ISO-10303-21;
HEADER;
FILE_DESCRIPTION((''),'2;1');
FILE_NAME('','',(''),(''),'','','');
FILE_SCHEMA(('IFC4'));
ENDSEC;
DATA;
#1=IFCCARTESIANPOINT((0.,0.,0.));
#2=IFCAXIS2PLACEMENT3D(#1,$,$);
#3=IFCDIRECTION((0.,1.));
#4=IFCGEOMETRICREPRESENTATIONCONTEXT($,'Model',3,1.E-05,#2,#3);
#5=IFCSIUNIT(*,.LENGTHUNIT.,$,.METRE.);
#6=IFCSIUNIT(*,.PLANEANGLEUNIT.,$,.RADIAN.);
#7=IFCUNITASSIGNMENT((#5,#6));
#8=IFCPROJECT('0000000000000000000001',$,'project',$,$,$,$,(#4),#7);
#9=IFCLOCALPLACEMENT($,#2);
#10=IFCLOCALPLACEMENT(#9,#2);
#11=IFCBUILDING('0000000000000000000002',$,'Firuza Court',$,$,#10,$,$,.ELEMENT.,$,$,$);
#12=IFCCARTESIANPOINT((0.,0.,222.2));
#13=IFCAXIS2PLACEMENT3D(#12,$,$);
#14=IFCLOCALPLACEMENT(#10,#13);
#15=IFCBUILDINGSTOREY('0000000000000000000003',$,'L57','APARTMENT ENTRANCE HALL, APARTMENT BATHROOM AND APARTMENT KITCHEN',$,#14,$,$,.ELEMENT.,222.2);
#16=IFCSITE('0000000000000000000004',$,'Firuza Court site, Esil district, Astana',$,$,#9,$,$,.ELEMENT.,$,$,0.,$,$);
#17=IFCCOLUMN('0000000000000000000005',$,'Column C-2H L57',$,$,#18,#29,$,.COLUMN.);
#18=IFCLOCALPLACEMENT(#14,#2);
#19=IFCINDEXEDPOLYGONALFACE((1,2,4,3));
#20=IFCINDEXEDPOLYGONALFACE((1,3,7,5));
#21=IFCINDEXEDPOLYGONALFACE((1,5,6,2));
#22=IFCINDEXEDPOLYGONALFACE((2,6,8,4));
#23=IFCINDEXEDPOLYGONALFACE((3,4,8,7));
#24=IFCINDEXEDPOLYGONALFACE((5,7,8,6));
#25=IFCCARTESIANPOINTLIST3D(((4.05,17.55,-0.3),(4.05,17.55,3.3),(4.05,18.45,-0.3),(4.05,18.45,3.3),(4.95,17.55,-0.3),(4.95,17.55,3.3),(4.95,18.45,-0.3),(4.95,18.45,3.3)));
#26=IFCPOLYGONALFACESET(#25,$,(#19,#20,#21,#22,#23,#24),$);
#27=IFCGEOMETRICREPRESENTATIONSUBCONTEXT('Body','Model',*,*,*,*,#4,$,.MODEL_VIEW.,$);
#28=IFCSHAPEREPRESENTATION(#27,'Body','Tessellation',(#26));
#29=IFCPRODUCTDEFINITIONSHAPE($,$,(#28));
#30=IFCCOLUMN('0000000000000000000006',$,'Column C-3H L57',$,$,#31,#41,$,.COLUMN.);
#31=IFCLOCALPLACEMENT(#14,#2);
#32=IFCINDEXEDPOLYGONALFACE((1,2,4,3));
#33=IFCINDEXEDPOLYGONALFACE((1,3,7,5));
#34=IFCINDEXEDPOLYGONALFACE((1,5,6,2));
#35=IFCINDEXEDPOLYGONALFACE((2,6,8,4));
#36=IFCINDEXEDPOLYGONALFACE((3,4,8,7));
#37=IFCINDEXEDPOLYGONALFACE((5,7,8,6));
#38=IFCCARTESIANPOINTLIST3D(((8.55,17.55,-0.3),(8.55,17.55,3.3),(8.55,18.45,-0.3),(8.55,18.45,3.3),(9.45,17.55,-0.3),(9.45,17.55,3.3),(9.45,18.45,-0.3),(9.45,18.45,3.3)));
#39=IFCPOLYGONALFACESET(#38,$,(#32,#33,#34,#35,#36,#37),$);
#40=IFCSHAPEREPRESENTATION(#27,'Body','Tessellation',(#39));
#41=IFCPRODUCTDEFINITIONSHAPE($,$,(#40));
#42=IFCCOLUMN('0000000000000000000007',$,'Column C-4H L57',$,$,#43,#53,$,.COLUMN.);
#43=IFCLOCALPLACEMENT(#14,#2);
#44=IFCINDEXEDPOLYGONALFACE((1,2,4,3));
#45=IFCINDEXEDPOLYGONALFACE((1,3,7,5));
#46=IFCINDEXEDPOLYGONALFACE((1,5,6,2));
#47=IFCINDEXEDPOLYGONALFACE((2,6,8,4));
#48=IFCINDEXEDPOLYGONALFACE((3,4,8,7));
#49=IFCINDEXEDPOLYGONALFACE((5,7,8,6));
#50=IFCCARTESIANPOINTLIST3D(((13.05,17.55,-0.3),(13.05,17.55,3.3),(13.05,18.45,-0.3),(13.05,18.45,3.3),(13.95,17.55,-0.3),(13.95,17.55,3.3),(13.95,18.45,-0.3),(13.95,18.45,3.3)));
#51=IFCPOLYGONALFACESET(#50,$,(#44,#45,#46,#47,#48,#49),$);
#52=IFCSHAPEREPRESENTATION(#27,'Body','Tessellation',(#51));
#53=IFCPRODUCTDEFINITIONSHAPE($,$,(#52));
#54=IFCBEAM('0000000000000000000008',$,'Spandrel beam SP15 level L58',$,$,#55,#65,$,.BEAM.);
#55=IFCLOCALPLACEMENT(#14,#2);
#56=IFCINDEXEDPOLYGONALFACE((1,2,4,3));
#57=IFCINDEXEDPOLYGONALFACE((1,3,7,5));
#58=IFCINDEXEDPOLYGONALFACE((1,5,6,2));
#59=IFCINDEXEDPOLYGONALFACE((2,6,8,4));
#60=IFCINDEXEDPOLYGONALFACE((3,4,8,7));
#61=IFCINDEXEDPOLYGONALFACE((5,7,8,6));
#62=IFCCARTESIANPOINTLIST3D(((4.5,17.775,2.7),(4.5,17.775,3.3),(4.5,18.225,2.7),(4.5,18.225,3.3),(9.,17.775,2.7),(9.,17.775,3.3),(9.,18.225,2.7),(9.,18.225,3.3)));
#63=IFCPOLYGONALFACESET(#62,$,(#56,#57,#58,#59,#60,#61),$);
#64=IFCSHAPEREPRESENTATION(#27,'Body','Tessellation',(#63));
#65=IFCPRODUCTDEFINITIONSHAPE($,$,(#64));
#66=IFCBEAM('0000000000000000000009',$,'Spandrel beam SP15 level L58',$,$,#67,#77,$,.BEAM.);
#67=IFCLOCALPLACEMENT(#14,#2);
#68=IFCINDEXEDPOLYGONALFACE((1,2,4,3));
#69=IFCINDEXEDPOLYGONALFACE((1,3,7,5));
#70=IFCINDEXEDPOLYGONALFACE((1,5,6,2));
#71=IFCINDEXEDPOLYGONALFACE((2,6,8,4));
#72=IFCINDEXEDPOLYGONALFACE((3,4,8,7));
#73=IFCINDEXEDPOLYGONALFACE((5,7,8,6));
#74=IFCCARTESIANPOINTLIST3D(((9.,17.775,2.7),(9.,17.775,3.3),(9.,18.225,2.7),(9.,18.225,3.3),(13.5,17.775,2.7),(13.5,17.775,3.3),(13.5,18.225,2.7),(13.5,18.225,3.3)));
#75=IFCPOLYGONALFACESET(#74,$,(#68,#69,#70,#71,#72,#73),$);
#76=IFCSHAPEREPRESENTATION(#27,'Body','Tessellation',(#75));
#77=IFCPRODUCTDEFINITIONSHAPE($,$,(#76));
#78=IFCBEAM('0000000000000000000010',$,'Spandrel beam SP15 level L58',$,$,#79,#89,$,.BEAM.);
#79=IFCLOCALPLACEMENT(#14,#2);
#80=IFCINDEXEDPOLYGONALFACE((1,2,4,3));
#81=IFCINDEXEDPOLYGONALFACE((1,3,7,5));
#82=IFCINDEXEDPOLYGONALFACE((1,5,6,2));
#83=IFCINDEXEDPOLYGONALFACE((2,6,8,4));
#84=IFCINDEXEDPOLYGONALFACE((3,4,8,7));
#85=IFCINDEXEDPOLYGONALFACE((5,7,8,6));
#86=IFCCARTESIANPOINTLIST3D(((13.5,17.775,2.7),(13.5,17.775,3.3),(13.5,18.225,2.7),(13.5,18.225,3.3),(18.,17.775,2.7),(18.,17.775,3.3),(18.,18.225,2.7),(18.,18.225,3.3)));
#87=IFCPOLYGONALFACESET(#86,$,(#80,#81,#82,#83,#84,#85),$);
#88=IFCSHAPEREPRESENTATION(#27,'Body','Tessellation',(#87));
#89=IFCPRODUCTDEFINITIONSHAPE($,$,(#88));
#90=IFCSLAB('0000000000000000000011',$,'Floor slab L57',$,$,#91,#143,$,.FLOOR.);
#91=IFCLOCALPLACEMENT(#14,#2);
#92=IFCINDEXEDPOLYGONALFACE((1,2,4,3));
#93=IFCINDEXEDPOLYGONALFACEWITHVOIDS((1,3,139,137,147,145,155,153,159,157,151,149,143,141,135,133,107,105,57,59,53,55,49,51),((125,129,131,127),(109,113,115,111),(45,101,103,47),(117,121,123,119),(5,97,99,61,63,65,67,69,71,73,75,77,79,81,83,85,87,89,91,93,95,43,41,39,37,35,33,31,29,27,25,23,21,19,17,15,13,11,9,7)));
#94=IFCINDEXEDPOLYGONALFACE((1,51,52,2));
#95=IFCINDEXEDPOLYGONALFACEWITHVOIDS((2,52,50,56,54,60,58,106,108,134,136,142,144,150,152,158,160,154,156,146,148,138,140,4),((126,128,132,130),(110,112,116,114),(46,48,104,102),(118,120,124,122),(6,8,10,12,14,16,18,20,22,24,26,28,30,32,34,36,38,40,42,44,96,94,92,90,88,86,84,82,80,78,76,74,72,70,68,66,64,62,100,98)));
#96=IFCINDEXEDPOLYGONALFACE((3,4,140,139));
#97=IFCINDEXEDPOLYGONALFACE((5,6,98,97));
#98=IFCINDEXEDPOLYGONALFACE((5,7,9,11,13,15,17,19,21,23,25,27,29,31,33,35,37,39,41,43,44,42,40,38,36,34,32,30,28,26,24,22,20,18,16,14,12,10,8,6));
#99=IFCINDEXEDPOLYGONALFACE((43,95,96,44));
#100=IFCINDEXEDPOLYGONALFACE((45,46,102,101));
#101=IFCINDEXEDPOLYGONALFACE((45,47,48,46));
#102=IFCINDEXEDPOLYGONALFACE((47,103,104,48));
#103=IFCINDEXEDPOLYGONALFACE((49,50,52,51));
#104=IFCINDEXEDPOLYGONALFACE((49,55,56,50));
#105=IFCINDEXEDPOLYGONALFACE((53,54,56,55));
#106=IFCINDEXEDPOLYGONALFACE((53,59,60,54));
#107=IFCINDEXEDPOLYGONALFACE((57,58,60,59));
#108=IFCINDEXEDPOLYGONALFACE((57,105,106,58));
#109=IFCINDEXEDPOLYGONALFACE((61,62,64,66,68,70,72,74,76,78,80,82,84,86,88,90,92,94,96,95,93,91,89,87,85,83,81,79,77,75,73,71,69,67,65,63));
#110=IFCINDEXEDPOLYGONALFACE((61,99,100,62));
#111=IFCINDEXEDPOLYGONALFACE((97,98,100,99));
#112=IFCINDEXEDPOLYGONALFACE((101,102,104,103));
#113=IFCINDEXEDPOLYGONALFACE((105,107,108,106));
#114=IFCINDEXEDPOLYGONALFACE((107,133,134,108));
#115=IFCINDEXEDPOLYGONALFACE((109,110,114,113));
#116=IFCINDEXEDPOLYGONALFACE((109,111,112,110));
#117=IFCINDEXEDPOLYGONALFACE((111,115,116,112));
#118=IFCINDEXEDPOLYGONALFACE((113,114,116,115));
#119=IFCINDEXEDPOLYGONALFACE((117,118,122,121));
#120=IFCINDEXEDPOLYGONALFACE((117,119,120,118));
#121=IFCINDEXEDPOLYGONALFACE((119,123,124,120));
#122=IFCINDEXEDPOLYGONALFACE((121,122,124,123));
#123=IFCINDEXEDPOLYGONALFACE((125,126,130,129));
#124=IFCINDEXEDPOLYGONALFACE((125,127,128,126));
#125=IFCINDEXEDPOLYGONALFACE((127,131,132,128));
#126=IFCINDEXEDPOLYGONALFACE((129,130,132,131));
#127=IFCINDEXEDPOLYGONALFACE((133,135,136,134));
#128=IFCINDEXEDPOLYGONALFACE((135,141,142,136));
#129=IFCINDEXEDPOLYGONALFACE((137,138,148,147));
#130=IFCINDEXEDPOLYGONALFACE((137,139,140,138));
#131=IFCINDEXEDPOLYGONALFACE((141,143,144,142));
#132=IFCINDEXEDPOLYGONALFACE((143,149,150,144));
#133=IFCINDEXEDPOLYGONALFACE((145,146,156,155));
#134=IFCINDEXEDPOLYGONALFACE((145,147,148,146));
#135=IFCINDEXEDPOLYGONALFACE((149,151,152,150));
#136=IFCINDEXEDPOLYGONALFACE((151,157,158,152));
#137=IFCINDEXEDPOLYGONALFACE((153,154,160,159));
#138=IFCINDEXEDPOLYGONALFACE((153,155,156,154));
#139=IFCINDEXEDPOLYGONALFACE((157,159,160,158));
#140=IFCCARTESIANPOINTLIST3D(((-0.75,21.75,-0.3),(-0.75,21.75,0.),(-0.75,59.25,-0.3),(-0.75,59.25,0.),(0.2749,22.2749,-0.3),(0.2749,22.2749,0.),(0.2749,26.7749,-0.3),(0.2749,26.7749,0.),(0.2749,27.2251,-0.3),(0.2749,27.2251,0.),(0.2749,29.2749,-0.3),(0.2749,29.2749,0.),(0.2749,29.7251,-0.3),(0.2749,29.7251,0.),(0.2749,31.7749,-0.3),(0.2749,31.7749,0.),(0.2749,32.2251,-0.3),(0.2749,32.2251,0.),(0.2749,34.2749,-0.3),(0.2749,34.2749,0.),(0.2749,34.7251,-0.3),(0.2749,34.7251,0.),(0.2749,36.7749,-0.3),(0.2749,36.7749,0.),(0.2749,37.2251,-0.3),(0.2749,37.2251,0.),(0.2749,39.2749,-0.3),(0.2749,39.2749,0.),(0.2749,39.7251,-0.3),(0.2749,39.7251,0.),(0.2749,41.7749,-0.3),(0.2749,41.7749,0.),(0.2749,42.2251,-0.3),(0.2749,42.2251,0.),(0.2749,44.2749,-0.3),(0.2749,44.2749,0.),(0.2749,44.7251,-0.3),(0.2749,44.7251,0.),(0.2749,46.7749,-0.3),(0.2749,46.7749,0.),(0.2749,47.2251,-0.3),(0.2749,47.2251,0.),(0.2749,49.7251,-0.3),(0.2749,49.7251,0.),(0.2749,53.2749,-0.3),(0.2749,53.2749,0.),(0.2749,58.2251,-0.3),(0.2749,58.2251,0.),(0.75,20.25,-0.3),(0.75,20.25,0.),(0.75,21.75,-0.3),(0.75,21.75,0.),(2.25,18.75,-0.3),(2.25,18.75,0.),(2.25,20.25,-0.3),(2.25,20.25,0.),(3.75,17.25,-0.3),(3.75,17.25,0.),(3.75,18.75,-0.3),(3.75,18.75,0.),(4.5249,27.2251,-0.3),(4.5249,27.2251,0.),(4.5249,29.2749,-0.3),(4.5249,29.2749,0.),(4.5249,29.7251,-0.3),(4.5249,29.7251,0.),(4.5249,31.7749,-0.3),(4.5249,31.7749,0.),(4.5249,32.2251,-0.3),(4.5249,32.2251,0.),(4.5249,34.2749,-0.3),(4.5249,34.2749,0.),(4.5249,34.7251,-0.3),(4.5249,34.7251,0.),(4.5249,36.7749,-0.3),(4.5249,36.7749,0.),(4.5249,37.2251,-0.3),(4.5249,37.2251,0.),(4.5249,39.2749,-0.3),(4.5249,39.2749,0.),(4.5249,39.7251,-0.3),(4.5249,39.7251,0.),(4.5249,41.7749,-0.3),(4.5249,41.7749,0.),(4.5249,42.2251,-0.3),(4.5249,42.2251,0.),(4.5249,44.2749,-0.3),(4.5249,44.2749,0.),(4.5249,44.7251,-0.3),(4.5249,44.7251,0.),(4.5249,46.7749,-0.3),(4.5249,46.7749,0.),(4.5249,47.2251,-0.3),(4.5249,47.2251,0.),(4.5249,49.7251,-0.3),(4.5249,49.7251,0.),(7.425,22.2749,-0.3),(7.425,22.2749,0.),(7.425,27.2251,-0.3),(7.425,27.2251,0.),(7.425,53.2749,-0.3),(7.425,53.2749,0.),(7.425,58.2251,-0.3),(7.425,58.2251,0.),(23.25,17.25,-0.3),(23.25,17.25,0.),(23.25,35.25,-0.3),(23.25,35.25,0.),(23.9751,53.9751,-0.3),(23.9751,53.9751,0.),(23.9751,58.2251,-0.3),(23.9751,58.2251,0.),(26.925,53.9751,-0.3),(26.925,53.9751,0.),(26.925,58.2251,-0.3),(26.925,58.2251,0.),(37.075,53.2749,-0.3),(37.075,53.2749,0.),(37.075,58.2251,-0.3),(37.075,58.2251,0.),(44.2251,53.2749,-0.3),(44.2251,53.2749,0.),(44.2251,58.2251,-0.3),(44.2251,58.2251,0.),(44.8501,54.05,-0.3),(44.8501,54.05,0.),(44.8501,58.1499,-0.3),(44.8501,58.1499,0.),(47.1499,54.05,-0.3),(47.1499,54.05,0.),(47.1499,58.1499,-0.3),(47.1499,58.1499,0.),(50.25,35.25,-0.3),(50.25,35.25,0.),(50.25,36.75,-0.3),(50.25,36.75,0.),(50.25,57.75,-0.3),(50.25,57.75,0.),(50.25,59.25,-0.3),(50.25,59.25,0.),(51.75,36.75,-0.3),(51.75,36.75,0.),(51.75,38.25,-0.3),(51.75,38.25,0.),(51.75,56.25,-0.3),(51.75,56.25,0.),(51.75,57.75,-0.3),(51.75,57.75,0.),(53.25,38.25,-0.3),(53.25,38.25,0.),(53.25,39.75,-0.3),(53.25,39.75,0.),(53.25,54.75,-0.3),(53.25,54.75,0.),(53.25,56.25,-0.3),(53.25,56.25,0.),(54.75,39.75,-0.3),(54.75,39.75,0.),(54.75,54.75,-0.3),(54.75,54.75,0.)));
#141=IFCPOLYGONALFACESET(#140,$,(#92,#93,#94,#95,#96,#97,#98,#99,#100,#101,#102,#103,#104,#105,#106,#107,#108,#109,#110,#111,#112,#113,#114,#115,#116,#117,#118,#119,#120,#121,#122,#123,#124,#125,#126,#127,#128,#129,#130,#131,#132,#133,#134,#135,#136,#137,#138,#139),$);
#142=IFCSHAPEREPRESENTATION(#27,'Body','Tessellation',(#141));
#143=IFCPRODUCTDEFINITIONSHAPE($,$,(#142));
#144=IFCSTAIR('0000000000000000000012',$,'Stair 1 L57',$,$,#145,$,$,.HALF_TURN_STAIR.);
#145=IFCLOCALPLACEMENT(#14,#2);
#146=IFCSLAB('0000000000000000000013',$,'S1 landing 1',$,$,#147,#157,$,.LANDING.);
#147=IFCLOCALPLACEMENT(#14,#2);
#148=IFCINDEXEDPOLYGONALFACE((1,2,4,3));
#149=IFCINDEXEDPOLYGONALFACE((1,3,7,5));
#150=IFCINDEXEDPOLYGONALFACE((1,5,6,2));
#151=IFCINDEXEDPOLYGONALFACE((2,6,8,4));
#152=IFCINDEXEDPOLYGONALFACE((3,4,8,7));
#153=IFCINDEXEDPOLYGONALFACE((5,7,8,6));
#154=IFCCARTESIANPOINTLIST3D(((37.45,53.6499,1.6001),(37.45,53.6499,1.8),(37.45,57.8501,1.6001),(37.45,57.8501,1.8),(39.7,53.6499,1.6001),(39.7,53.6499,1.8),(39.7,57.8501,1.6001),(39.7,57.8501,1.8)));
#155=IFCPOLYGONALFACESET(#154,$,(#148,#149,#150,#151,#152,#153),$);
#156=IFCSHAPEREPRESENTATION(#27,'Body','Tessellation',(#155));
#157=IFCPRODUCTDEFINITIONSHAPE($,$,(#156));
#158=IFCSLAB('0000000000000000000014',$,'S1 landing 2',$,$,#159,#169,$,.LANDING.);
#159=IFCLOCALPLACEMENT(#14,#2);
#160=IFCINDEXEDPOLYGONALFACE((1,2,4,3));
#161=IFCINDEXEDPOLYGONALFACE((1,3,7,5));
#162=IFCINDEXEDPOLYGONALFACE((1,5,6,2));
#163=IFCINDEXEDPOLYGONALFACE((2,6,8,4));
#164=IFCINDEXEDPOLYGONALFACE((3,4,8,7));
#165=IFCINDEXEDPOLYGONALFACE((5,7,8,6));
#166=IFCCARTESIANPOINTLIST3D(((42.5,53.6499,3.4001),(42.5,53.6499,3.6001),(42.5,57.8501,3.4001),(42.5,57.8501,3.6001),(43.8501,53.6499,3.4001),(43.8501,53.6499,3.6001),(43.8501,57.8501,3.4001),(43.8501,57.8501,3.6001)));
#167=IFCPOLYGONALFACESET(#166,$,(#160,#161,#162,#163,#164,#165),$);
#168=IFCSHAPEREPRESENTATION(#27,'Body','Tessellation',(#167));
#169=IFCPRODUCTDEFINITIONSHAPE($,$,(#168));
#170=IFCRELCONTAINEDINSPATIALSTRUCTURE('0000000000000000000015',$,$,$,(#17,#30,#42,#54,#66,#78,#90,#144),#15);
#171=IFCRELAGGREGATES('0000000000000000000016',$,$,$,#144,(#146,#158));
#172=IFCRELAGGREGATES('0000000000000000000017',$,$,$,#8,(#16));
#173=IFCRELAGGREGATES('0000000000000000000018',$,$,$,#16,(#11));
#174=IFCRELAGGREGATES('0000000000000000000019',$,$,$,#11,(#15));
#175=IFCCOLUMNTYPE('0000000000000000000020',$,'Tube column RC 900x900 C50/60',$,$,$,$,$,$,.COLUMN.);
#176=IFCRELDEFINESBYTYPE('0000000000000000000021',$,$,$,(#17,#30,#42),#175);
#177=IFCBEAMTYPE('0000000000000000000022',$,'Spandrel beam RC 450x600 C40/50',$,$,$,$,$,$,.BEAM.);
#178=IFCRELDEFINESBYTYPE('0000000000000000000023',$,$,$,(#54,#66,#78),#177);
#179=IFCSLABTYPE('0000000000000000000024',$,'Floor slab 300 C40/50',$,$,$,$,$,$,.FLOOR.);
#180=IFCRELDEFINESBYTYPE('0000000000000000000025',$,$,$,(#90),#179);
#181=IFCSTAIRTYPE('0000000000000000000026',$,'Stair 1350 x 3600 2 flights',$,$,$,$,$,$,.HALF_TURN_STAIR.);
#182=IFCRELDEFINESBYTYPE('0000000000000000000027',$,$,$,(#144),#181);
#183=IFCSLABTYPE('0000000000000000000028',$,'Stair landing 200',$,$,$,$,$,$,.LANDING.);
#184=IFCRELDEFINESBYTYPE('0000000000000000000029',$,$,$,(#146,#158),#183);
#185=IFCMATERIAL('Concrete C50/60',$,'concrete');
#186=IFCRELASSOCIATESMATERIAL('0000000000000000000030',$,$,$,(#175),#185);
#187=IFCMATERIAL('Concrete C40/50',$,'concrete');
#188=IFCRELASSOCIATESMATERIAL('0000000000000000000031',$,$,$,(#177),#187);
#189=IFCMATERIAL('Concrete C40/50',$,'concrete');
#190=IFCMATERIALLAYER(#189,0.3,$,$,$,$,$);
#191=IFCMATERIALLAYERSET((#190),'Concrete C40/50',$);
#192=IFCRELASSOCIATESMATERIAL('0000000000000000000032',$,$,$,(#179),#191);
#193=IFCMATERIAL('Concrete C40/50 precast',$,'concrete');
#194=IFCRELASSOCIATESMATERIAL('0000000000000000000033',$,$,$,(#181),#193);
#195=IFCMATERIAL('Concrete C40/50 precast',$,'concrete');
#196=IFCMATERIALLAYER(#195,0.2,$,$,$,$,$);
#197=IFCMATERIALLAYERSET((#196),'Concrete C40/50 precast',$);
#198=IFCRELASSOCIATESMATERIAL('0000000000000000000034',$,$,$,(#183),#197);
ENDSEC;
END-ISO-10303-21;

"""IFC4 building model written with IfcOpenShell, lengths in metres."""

from ifc_helpers import new_model, si_unit, direction, frame, origin, origin_2d, place, context, subcontext, project, spatial, polyline, rectangle, outline, extrude, material, layer, layer_set, material_profile, profile_set, type_object, element, aggregate, save


model = new_model("IFC4")

# Units and contexts
model_context = context("Model", 3, precision=1e-05, world=origin(), true_north=direction((0.0, 1.0)))
body_context = subcontext(model_context, "Body", "Model", "MODEL_VIEW")
ifc_project = project(units=[si_unit("LENGTHUNIT", "METRE"), si_unit("PLANEANGLEUNIT", "RADIAN")], contexts=[model_context])

# Site, building, storey
site_placement = place(None, origin())
site = spatial("IfcSite", under=ifc_project, at=site_placement, Name="Firuza Court site, Esil district, Astana", CompositionType="ELEMENT", RefElevation=0.0)
building_placement = place(site_placement, origin())
building = spatial("IfcBuilding", under=site, at=building_placement, Name="Firuza Court", CompositionType="ELEMENT")
storey_placement = place(building_placement, frame((0.0, 0.0, 222.2)))
storey = spatial("IfcBuildingStorey", under=building, at=storey_placement, Name="L57", Description="APARTMENT ENTRANCE HALL, APARTMENT BATHROOM AND APARTMENT KITCHEN", CompositionType="ELEMENT", Elevation=222.2)

# Columns
ifc_material_1 = material(Name="Concrete C50/60", Category="concrete")
ifc_material_profile_1 = material_profile(ifc_material_1, rectangle(XDim=0.8999, YDim=0.8999, at=origin_2d()), Name="RC 900x900")
ifc_profile_set_1 = profile_set([ifc_material_profile_1], Name="Concrete C50/60")
column_type = type_object("IfcColumnType", Name="Tube column RC 900x900 C50/60", PredefinedType="COLUMN", material=ifc_profile_set_1)
for number, where, z_axis, x_axis, name in (
    (1, (4.5, 18.0, -0.3), (0.0, 0.0, 1.0), (1.0, 0.0, 0.0), "Column C-2H L57"),
    (2, (9.0, 18.0, -0.3), (0.0, 0.0, 1.0), (1.0, 0.0, 0.0), "Column C-3H L57"),
    (3, (13.5, 18.0, -0.3), (0.0, 0.0, 1.0), (1.0, 0.0, 0.0), "Column C-4H L57"),
):
    element("IfcColumn", number, at=place(storey_placement, frame(where, z_axis=z_axis, x_axis=x_axis)), inside=storey, type_object=column_type, Name=name, PredefinedType="COLUMN", context=body_context, shape_type="SweptSolid", body=[
        extrude(rectangle(XDim=0.8999, YDim=0.8999, at=origin_2d()), origin(), (0.0, 0.0, 1.0), 3.6001),
    ])

# Beams
ifc_material_2 = material(Name="Concrete C40/50", Category="concrete")
ifc_material_profile_2 = material_profile(ifc_material_2, rectangle(XDim=0.45, YDim=0.6001, at=origin_2d()), Name="RC 450x600")
ifc_profile_set_2 = profile_set([ifc_material_profile_2], Name="Concrete C40/50")
beam_type = type_object("IfcBeamType", Name="Spandrel beam RC 450x600 C40/50", PredefinedType="BEAM", material=ifc_profile_set_2)
for number, where, z_axis, x_axis, name in (
    (4, (4.5, 18.0, 3.0), (1.0, 0.0, 0.0), (0.0, 1.0, 0.0), "Spandrel beam SP15 level L58"),
    (5, (9.0, 18.0, 3.0), (1.0, 0.0, 0.0), (0.0, 1.0, 0.0), "Spandrel beam SP15 level L58"),
    (6, (13.5, 18.0, 3.0), (1.0, 0.0, 0.0), (0.0, 1.0, 0.0), "Spandrel beam SP15 level L58"),
):
    element("IfcBeam", number, at=place(storey_placement, frame(where, z_axis=z_axis, x_axis=x_axis)), inside=storey, type_object=beam_type, Name=name, PredefinedType="BEAM", context=body_context, shape_type="SweptSolid", body=[
        extrude(rectangle(XDim=0.45, YDim=0.6001, at=origin_2d()), origin(), (0.0, 0.0, 1.0), 4.5),
    ])

# Slab
ifc_material_3 = material(Name="Concrete C40/50", Category="concrete")
ifc_layer_1 = layer(ifc_material_3, 0.3)
ifc_layer_set_1 = layer_set([ifc_layer_1], Name="Concrete C40/50")
slab_type_1 = type_object("IfcSlabType", Name="Floor slab 300 C40/50", PredefinedType="FLOOR", material=ifc_layer_set_1)
slab_1_placement = place(storey_placement, frame((0.0, 0.0, -0.3)))
element("IfcSlab", 7, at=slab_1_placement, inside=storey, type_object=slab_type_1, Name="Floor slab L57", PredefinedType="FLOOR", context=body_context, shape_type="SweptSolid", body=[
    extrude(outline(polyline([(-0.75, 59.25), (50.25, 59.25), (50.25, 57.75), (51.75, 57.75), (51.75, 56.25), (53.25, 56.25), (53.25, 54.75), (54.75, 54.75), (54.75, 39.75), (53.25, 39.75), (53.25, 38.25), (51.75, 38.25), (51.75, 36.75), (50.25, 36.75), (50.25, 35.25), (23.25, 35.25), (23.25, 17.25), (3.75, 17.25), (3.75, 18.75), (2.25, 18.75), (2.25, 20.25), (0.75, 20.25), (0.75, 21.75), (-0.75, 21.75), (-0.75, 59.25)]), holes=[polyline([(0.2749, 34.2749), (0.2749, 32.2251), (0.2749, 31.7749), (0.2749, 29.7251), (0.2749, 29.2749), (0.2749, 27.2251), (0.2749, 26.7749), (0.2749, 22.2749), (7.425, 22.2749), (7.425, 27.2251), (4.5249, 27.2251), (4.5249, 29.2749), (4.5249, 29.7251), (4.5249, 31.7749), (4.5249, 32.2251), (4.5249, 34.2749), (4.5249, 34.7251), (4.5249, 36.7749), (4.5249, 37.2251), (4.5249, 39.2749), (4.5249, 39.7251), (4.5249, 41.7749), (4.5249, 42.2251), (4.5249, 44.2749), (4.5249, 44.7251), (4.5249, 46.7749), (4.5249, 47.2251), (4.5249, 49.7251), (0.2749, 49.7251), (0.2749, 47.2251), (0.2749, 46.7749), (0.2749, 44.7251), (0.2749, 44.2749), (0.2749, 42.2251), (0.2749, 41.7749), (0.2749, 39.7251), (0.2749, 39.2749), (0.2749, 37.2251), (0.2749, 36.7749), (0.2749, 34.7251), (0.2749, 34.2749)]), polyline([(7.425, 58.2251), (0.2749, 58.2251), (0.2749, 53.2749), (7.425, 53.2749), (7.425, 58.2251)]), polyline([(44.2251, 58.2251), (37.075, 58.2251), (37.075, 53.2749), (44.2251, 53.2749), (44.2251, 58.2251)]), polyline([(26.925, 58.2251), (23.9751, 58.2251), (23.9751, 53.9751), (26.925, 53.9751), (26.925, 58.2251)]), polyline([(47.1499, 58.1499), (44.8501, 58.1499), (44.8501, 54.05), (47.1499, 54.05), (47.1499, 58.1499)])]), origin(), (0.0, 0.0, 1.0), 0.3),
])

# Stair, slabs
ifc_material_4 = material(Name="Concrete C40/50 precast", Category="concrete")
stair_type = type_object("IfcStairType", Name="Stair 1350 x 3600 2 flights", PredefinedType="HALF_TURN_STAIR", material=ifc_material_4)
stair_1_placement = place(storey_placement, origin())
stair_1 = element("IfcStair", 8, at=stair_1_placement, inside=storey, type_object=stair_type, Name="Stair 1 L57", PredefinedType="HALF_TURN_STAIR")
ifc_material_5 = material(Name="Concrete C40/50 precast", Category="concrete")
ifc_layer_2 = layer(ifc_material_5, 0.2)
ifc_layer_set_2 = layer_set([ifc_layer_2], Name="Concrete C40/50 precast")
slab_type_2 = type_object("IfcSlabType", Name="Stair landing 200", PredefinedType="LANDING", material=ifc_layer_set_2)
slab_2_placement = place(storey_placement, frame((0.0, 0.0, 1.6001)))
slab_2 = element("IfcSlab", 9, at=slab_2_placement, type_object=slab_type_2, Name="S1 landing 1", PredefinedType="LANDING", context=body_context, shape_type="SweptSolid", body=[
    extrude(outline(polyline([(39.7, 53.6499), (39.7, 57.8501), (37.45, 57.8501), (37.45, 53.6499), (39.7, 53.6499)])), origin(), (0.0, 0.0, 1.0), 0.2),
])
slab_3_placement = place(storey_placement, frame((0.0, 0.0, 3.4001)))
slab_3 = element("IfcSlab", 10, at=slab_3_placement, type_object=slab_type_2, Name="S1 landing 2", PredefinedType="LANDING", context=body_context, shape_type="SweptSolid", body=[
    extrude(outline(polyline([(43.8501, 53.6499), (43.8501, 57.8501), (42.5, 57.8501), (42.5, 53.6499), (43.8501, 53.6499)])), origin(), (0.0, 0.0, 1.0), 0.2),
])
aggregate(stair_1, [slab_2, slab_3])

save(model, "model.ifc")
